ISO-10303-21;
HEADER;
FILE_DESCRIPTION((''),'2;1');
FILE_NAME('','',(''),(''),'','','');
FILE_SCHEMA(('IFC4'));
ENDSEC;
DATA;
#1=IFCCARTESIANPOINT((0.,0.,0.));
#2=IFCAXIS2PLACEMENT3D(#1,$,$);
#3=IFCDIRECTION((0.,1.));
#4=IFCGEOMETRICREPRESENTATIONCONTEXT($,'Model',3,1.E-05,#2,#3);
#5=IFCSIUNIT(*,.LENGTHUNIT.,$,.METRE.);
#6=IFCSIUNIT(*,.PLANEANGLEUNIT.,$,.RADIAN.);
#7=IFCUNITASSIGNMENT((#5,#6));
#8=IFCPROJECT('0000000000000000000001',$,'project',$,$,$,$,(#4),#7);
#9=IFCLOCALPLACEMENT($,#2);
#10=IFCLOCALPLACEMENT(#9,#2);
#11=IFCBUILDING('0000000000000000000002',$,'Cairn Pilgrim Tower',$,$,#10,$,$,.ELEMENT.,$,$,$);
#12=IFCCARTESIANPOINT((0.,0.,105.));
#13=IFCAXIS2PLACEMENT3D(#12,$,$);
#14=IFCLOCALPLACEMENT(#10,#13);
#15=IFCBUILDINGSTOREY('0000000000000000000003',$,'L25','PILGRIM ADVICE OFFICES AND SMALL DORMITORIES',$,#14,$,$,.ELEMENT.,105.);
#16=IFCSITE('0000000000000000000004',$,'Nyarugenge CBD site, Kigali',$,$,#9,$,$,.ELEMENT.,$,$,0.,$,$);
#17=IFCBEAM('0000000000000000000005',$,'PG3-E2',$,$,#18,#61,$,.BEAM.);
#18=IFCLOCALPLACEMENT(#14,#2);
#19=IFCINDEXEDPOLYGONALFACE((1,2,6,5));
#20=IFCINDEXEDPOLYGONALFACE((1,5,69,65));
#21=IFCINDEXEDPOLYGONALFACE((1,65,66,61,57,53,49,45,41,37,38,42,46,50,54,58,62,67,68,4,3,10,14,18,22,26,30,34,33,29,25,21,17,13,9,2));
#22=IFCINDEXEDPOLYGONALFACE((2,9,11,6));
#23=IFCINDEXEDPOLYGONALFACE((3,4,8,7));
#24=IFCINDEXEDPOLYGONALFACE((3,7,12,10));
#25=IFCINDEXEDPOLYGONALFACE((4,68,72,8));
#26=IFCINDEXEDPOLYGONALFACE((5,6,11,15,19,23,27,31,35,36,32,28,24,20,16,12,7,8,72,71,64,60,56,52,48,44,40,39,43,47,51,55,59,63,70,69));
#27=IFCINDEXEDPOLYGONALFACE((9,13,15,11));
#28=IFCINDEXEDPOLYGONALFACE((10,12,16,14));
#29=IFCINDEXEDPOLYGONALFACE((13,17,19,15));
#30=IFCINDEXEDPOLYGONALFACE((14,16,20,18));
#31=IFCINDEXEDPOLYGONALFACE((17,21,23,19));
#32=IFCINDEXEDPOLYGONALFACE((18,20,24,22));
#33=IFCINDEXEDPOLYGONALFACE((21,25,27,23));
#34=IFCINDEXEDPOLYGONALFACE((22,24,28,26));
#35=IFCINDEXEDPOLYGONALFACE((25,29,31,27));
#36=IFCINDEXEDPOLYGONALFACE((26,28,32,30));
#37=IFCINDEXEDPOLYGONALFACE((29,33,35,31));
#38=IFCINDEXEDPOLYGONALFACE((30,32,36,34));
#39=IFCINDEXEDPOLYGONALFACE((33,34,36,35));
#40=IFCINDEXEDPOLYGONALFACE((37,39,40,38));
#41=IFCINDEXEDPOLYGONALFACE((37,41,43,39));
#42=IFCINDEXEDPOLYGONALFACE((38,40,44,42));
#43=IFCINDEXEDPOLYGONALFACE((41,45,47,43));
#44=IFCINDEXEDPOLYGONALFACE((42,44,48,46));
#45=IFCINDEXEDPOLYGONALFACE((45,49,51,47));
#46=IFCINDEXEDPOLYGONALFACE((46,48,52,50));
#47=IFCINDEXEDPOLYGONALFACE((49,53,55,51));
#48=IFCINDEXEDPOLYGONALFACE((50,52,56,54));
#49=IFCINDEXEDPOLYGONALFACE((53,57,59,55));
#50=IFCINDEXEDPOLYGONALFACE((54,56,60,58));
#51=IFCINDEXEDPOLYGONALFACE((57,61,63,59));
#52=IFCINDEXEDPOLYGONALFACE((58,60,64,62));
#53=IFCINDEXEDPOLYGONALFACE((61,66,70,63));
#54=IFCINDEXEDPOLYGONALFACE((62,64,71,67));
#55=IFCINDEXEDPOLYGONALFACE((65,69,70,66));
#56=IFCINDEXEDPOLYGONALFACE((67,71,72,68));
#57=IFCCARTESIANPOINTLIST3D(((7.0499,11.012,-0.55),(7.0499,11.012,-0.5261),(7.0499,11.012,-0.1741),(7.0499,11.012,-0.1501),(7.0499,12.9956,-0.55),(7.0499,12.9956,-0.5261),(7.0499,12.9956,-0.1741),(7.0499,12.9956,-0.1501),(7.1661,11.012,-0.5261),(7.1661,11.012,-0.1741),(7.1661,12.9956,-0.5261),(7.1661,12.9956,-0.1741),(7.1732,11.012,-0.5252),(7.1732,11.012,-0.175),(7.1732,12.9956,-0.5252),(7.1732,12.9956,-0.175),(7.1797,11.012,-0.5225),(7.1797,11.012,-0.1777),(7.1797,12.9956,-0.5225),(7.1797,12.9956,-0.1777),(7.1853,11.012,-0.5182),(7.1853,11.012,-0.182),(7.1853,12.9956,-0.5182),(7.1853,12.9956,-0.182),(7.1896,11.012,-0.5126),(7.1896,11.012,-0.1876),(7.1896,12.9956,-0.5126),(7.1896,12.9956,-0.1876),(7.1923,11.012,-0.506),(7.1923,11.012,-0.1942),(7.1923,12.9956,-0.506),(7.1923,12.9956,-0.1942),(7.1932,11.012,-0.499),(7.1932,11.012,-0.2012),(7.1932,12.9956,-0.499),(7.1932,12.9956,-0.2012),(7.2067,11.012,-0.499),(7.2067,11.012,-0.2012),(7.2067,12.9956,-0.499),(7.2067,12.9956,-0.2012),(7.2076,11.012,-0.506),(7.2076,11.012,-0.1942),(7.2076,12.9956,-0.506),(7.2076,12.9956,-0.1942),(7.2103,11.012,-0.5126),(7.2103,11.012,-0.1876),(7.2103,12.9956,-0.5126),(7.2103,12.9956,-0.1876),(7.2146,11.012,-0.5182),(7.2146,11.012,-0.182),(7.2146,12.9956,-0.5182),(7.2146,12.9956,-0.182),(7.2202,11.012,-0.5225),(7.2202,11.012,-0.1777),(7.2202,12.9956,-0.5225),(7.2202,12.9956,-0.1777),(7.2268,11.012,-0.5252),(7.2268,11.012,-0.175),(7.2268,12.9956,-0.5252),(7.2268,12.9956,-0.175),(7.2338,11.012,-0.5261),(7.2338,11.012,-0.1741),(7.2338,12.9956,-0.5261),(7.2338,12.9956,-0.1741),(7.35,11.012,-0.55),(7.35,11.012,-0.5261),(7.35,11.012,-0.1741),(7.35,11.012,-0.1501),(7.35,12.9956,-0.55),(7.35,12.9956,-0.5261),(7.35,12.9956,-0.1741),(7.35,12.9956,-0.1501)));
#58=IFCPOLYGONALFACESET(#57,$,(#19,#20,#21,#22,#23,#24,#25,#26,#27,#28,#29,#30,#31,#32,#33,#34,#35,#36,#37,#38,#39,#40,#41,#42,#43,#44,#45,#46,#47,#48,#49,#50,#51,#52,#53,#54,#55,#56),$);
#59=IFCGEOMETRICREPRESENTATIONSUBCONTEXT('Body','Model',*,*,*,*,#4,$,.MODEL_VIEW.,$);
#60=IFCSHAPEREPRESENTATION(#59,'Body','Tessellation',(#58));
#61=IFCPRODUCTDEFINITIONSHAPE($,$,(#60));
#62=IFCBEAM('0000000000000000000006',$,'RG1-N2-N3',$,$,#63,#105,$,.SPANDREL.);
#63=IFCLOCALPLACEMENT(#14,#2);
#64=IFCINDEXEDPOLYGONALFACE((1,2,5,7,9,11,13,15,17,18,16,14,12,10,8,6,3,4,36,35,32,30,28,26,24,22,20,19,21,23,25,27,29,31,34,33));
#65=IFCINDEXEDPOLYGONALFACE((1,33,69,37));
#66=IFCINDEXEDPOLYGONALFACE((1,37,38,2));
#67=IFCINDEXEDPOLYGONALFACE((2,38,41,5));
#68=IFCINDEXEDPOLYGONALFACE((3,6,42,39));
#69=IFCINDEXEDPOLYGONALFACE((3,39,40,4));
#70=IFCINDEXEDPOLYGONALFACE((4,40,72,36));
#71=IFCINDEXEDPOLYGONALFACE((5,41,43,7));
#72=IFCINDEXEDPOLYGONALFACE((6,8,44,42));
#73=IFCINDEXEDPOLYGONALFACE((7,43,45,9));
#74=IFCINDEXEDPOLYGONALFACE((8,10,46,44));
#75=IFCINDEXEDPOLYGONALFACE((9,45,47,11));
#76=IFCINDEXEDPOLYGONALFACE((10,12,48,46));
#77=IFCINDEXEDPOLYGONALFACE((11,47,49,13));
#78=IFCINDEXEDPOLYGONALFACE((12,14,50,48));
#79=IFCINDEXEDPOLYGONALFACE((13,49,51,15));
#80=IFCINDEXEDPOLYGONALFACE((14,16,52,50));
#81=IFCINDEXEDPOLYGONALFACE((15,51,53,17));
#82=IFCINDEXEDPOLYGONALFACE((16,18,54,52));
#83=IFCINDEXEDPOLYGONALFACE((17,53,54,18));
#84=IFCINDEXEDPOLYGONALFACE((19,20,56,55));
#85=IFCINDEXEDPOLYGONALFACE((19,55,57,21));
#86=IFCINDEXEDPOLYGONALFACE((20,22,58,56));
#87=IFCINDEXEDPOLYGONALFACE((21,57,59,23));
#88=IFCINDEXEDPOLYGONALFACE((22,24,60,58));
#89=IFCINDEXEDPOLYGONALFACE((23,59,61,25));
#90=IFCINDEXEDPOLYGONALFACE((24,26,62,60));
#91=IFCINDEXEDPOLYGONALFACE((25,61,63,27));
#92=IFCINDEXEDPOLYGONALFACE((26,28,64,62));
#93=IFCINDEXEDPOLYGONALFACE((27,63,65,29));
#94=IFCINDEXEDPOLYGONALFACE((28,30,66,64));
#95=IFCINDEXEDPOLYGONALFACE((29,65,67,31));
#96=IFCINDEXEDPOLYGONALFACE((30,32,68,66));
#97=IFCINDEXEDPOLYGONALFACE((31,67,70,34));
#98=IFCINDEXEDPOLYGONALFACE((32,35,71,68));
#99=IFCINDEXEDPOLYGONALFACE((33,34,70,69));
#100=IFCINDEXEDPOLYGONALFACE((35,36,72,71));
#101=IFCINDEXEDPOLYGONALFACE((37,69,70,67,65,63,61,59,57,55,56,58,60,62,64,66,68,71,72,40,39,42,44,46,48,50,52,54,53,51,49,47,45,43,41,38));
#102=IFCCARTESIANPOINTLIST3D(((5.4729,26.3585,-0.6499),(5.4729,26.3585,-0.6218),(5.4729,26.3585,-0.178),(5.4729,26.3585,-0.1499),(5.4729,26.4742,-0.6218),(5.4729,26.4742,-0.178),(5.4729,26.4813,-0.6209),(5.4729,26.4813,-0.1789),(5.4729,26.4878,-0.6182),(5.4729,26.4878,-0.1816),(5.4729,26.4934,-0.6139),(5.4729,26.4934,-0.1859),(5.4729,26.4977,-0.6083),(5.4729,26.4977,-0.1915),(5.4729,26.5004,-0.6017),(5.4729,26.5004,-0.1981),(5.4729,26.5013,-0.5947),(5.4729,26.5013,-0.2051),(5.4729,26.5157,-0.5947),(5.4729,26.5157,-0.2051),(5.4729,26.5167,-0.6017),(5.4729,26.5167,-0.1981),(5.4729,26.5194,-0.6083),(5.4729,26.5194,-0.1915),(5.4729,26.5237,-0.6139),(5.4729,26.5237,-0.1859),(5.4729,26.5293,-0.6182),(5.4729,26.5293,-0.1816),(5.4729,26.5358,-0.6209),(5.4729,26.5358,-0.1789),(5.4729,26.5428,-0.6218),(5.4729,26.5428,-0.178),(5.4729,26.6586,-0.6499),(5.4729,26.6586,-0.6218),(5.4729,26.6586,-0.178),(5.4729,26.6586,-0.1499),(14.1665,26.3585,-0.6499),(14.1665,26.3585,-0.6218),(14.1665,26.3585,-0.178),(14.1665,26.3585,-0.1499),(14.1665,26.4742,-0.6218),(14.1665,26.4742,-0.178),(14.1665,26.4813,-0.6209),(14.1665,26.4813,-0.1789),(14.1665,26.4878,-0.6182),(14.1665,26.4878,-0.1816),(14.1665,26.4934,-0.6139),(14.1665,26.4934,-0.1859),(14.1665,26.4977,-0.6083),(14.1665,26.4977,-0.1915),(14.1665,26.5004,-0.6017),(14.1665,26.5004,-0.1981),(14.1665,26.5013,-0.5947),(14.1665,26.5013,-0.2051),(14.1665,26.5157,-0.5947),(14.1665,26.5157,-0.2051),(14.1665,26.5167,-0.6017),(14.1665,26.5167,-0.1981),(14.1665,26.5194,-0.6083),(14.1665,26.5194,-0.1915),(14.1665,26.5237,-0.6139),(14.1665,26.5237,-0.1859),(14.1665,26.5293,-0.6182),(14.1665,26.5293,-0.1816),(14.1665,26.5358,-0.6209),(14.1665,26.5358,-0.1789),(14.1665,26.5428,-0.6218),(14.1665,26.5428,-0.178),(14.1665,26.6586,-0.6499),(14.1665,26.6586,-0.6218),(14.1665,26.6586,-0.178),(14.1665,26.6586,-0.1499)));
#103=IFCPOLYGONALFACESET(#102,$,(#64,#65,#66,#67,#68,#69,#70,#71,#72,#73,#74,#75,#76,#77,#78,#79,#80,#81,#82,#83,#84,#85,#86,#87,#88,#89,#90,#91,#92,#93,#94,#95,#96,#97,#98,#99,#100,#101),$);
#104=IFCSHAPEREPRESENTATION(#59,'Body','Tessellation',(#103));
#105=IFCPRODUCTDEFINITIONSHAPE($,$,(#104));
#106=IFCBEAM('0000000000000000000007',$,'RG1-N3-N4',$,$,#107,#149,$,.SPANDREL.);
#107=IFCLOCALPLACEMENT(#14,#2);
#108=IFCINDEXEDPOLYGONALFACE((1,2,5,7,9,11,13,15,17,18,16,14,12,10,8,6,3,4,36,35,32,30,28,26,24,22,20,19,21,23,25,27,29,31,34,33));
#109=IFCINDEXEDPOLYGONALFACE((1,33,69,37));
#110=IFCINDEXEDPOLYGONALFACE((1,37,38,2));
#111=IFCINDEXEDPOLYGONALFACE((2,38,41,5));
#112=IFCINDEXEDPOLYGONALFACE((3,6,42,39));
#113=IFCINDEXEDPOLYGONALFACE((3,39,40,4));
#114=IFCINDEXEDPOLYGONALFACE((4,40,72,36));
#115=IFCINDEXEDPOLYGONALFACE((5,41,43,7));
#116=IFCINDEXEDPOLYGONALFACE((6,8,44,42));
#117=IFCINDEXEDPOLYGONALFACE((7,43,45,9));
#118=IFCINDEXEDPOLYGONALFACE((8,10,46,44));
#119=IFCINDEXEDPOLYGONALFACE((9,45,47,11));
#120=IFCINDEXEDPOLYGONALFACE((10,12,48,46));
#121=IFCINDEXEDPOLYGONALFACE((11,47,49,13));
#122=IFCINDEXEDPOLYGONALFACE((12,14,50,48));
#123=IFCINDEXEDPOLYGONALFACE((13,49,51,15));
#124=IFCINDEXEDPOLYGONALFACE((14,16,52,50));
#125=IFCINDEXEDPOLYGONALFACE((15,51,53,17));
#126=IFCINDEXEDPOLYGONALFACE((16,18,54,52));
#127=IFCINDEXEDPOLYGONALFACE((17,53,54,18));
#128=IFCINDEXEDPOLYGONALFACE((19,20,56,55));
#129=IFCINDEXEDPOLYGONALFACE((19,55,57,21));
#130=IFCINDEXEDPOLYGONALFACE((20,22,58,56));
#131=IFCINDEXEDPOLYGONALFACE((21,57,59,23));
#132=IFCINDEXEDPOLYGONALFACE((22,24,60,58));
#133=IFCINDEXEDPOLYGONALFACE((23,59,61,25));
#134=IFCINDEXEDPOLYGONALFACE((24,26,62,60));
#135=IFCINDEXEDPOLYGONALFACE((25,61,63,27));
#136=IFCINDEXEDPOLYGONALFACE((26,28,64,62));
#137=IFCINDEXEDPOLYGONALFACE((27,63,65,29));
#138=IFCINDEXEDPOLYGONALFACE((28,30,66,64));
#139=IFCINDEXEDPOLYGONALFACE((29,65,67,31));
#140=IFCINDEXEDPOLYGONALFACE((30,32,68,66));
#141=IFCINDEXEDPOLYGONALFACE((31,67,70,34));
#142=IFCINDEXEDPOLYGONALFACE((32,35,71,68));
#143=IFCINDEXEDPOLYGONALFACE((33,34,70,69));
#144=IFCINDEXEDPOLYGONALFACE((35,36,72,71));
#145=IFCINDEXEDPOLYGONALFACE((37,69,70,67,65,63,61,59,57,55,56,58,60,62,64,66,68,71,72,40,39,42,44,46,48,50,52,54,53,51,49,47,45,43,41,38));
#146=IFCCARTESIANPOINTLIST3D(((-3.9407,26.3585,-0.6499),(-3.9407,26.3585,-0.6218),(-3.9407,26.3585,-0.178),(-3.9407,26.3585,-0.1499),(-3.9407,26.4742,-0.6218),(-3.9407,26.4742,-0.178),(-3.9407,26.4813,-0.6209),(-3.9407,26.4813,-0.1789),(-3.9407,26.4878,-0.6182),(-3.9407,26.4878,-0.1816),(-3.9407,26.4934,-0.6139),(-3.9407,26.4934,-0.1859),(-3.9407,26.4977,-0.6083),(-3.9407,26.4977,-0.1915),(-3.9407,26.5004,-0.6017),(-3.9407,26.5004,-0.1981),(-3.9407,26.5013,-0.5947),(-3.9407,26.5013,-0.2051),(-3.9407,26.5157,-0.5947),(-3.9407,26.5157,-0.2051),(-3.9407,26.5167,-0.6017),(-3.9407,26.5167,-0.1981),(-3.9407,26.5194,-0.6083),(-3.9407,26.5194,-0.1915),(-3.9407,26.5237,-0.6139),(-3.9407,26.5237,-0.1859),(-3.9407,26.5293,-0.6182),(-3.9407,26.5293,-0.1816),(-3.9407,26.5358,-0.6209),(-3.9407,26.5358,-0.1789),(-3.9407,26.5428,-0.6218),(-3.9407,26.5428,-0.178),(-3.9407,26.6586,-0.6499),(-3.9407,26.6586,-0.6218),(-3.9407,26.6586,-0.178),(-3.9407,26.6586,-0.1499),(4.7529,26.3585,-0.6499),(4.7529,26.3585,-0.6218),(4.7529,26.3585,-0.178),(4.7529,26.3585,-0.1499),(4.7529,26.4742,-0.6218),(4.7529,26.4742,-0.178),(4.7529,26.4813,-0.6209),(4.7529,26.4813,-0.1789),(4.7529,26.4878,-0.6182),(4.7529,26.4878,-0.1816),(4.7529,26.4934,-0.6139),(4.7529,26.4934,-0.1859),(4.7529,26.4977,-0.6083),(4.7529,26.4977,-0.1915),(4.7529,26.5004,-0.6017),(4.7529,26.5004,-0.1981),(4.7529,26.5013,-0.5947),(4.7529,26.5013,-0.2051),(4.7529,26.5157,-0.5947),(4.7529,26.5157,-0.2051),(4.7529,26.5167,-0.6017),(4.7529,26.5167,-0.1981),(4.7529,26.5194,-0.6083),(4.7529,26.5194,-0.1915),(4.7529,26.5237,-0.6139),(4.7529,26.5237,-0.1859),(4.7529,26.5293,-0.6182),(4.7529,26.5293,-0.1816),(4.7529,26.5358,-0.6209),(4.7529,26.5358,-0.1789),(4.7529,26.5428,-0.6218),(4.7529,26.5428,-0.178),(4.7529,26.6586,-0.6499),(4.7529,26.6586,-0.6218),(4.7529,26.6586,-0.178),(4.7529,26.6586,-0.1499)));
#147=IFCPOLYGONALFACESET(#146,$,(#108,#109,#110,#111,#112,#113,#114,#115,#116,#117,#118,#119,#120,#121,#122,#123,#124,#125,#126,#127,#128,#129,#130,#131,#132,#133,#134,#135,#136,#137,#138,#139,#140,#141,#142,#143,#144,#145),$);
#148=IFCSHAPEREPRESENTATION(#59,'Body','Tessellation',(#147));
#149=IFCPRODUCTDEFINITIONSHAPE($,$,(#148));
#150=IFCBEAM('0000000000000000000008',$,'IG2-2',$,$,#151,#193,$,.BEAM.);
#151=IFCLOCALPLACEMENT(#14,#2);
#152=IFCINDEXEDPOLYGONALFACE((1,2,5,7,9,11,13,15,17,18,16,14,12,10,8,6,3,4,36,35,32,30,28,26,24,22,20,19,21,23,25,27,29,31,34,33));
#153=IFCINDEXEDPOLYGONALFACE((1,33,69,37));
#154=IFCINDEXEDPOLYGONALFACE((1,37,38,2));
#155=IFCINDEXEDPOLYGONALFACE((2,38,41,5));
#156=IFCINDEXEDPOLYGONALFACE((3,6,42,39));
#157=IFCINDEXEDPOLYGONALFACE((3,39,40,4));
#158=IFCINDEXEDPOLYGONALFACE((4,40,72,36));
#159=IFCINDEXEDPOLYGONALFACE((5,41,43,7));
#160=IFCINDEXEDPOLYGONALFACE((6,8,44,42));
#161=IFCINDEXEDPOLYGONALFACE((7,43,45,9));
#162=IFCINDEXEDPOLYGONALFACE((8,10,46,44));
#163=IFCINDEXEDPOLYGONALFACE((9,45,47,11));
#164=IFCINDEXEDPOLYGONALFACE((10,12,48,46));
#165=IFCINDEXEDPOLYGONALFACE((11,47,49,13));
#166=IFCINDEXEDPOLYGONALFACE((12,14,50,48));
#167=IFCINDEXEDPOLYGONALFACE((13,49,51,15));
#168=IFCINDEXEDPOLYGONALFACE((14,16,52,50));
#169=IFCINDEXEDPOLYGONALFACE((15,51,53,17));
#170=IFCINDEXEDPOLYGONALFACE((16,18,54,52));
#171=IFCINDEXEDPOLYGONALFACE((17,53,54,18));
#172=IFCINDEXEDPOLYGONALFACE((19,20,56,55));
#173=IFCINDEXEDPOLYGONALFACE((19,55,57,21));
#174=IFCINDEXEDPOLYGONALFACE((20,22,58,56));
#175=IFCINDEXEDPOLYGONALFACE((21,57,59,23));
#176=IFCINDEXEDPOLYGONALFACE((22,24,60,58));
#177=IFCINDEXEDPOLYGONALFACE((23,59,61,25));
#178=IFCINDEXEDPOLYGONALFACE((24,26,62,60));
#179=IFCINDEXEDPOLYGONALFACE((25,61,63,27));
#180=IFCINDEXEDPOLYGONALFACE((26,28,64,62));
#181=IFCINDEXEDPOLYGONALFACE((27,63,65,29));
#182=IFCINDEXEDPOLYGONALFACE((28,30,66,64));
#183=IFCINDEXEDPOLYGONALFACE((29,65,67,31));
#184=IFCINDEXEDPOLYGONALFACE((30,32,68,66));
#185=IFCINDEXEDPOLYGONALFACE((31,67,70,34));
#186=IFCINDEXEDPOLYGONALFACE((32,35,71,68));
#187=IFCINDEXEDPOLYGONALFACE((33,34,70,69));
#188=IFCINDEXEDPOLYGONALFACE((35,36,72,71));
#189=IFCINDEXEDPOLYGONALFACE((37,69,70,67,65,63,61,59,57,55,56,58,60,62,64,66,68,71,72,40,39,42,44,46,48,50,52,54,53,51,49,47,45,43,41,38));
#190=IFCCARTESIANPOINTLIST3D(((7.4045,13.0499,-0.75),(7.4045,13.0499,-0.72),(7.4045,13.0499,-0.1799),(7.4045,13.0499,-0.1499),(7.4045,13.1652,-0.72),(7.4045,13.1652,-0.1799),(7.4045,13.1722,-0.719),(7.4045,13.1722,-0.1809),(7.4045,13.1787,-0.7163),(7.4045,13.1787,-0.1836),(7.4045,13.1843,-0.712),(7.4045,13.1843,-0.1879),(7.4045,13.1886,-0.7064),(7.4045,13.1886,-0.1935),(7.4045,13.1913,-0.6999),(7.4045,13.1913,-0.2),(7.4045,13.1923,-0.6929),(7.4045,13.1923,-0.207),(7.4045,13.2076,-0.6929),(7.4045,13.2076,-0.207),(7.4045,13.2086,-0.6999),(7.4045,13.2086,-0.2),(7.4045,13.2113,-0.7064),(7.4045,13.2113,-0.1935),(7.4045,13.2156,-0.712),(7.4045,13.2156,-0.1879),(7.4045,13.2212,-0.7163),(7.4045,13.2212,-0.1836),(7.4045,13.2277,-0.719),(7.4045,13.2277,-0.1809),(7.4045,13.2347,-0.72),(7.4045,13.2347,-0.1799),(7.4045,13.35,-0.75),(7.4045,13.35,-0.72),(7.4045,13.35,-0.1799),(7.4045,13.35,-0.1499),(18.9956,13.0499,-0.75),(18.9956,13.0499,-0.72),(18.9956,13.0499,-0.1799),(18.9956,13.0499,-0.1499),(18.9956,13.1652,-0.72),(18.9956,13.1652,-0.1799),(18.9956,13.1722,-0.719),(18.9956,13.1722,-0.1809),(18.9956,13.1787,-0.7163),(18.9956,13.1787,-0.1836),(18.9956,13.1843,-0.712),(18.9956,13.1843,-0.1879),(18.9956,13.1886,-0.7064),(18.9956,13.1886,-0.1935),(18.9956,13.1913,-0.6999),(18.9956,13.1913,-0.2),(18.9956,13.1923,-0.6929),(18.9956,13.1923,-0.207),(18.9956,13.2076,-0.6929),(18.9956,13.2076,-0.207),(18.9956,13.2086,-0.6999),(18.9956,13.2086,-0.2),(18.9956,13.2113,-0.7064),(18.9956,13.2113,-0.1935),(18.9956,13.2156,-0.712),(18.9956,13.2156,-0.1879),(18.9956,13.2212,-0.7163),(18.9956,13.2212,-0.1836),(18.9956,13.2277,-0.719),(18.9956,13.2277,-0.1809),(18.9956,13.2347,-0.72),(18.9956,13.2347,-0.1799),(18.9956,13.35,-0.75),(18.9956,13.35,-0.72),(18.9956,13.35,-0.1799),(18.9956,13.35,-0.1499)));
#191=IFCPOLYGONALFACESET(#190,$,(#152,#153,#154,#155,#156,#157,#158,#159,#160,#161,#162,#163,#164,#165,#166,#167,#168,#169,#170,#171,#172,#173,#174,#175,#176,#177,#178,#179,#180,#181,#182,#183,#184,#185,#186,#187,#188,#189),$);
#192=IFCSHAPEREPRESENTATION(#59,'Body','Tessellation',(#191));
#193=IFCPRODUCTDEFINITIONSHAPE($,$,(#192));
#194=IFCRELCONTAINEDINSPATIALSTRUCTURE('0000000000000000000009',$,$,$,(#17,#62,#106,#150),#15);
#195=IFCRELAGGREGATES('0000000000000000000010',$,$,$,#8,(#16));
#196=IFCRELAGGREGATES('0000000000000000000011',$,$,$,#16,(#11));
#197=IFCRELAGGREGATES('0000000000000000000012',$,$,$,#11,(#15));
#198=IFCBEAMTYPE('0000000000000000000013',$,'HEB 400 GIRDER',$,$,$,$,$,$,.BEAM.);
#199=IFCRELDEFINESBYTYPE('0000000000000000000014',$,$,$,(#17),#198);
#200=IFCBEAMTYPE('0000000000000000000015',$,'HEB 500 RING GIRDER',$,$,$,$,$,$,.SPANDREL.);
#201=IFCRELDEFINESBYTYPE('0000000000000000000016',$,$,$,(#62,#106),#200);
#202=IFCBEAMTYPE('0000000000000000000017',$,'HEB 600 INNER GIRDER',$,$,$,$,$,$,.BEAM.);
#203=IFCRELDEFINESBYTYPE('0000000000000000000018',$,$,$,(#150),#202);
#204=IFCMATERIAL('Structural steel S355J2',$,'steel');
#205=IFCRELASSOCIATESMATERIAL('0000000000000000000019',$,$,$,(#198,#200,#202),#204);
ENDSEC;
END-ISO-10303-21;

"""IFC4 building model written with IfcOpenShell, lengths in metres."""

from ifc_helpers import new_model, si_unit, direction, frame, origin, origin_2d, place, context, subcontext, project, spatial, i_section, extrude, material, material_profile, profile_set, type_object, element, save


model = new_model("IFC4")

# Units and contexts
model_context = context("Model", 3, precision=1e-05, world=origin(), true_north=direction((0.0, 1.0)))
body_context = subcontext(model_context, "Body", "Model", "MODEL_VIEW")
ifc_project = project(units=[si_unit("LENGTHUNIT", "METRE"), si_unit("PLANEANGLEUNIT", "RADIAN")], contexts=[model_context])

# Site, building, storey
site_placement = place(None, origin())
site = spatial("IfcSite", under=ifc_project, at=site_placement, Name="Nyarugenge CBD site, Kigali", CompositionType="ELEMENT", RefElevation=0.0)
building_placement = place(site_placement, origin())
building = spatial("IfcBuilding", under=site, at=building_placement, Name="Cairn Pilgrim Tower", CompositionType="ELEMENT")
storey_placement = place(building_placement, frame((0.0, 0.0, 105.0)))
storey = spatial("IfcBuildingStorey", under=building, at=storey_placement, Name="L25", Description="PILGRIM ADVICE OFFICES AND SMALL DORMITORIES", CompositionType="ELEMENT", Elevation=105.0)

# Beams
ifc_material_1 = material(Name="Structural steel S355J2", Category="steel")
ifc_material_profile_1 = material_profile(ifc_material_1, i_section(OverallWidth=0.3, OverallDepth=0.3999, WebThickness=0.0134, FlangeThickness=0.0239, FilletRadius=0.0271, at=origin_2d()), Name="HEB 400")
ifc_profile_set_1 = profile_set([ifc_material_profile_1], Name="Structural steel S355J2")
beam_type_1 = type_object("IfcBeamType", Name="HEB 400 GIRDER", PredefinedType="BEAM", material=ifc_profile_set_1)
beam_1_placement = place(storey_placement, frame((7.2, 11.012, -0.3501), z_axis=(0.0, 1.0, 0.0), x_axis=(-1.0, 0.0, 0.0)))
element("IfcBeam", 1, at=beam_1_placement, inside=storey, type_object=beam_type_1, Name="PG3-E2", PredefinedType="BEAM", context=body_context, shape_type="SweptSolid", body=[
    extrude(i_section(OverallWidth=0.3, OverallDepth=0.3999, WebThickness=0.0134, FlangeThickness=0.0239, FilletRadius=0.0271, at=origin_2d()), origin(), (0.0, 0.0, 1.0), 1.9836),
])
ifc_material_profile_2 = material_profile(ifc_material_1, i_section(OverallWidth=0.3, OverallDepth=0.5, WebThickness=0.0144, FlangeThickness=0.0281, FilletRadius=0.0271, at=origin_2d()), Name="HEB 500")
ifc_profile_set_2 = profile_set([ifc_material_profile_2], Name="Structural steel S355J2")
beam_type_2 = type_object("IfcBeamType", Name="HEB 500 RING GIRDER", PredefinedType="SPANDREL", material=ifc_profile_set_2)
for number, where, z_axis, x_axis, name in (
    (2, (14.1665, 26.5085, -0.3999), (-1.0, 0.0, 0.0), (0.0, -1.0, 0.0), "RG1-N2-N3"),
    (3, (4.7529, 26.5085, -0.3999), (-1.0, 0.0, 0.0), (0.0, -1.0, 0.0), "RG1-N3-N4"),
):
    element("IfcBeam", number, at=place(storey_placement, frame(where, z_axis=z_axis, x_axis=x_axis)), inside=storey, type_object=beam_type_2, Name=name, PredefinedType="SPANDREL", context=body_context, shape_type="SweptSolid", body=[
        extrude(i_section(OverallWidth=0.3, OverallDepth=0.5, WebThickness=0.0144, FlangeThickness=0.0281, FilletRadius=0.0271, at=origin_2d()), origin(), (0.0, 0.0, 1.0), 8.6936),
    ])
ifc_material_profile_3 = material_profile(ifc_material_1, i_section(OverallWidth=0.3, OverallDepth=0.6001, WebThickness=0.0154, FlangeThickness=0.03, FilletRadius=0.0271, at=origin_2d()), Name="HEB 600")
ifc_profile_set_3 = profile_set([ifc_material_profile_3], Name="Structural steel S355J2")
beam_type_3 = type_object("IfcBeamType", Name="HEB 600 INNER GIRDER", PredefinedType="BEAM", material=ifc_profile_set_3)
beam_2_placement = place(storey_placement, frame((7.4045, 13.2, -0.45), z_axis=(1.0, 0.0, 0.0), x_axis=(0.0, 1.0, 0.0)))
element("IfcBeam", 4, at=beam_2_placement, inside=storey, type_object=beam_type_3, Name="IG2-2", PredefinedType="BEAM", context=body_context, shape_type="SweptSolid", body=[
    extrude(i_section(OverallWidth=0.3, OverallDepth=0.6001, WebThickness=0.0154, FlangeThickness=0.03, FilletRadius=0.0271, at=origin_2d()), origin(), (0.0, 0.0, 1.0), 11.5911),
])

save(model, "model.ifc")
